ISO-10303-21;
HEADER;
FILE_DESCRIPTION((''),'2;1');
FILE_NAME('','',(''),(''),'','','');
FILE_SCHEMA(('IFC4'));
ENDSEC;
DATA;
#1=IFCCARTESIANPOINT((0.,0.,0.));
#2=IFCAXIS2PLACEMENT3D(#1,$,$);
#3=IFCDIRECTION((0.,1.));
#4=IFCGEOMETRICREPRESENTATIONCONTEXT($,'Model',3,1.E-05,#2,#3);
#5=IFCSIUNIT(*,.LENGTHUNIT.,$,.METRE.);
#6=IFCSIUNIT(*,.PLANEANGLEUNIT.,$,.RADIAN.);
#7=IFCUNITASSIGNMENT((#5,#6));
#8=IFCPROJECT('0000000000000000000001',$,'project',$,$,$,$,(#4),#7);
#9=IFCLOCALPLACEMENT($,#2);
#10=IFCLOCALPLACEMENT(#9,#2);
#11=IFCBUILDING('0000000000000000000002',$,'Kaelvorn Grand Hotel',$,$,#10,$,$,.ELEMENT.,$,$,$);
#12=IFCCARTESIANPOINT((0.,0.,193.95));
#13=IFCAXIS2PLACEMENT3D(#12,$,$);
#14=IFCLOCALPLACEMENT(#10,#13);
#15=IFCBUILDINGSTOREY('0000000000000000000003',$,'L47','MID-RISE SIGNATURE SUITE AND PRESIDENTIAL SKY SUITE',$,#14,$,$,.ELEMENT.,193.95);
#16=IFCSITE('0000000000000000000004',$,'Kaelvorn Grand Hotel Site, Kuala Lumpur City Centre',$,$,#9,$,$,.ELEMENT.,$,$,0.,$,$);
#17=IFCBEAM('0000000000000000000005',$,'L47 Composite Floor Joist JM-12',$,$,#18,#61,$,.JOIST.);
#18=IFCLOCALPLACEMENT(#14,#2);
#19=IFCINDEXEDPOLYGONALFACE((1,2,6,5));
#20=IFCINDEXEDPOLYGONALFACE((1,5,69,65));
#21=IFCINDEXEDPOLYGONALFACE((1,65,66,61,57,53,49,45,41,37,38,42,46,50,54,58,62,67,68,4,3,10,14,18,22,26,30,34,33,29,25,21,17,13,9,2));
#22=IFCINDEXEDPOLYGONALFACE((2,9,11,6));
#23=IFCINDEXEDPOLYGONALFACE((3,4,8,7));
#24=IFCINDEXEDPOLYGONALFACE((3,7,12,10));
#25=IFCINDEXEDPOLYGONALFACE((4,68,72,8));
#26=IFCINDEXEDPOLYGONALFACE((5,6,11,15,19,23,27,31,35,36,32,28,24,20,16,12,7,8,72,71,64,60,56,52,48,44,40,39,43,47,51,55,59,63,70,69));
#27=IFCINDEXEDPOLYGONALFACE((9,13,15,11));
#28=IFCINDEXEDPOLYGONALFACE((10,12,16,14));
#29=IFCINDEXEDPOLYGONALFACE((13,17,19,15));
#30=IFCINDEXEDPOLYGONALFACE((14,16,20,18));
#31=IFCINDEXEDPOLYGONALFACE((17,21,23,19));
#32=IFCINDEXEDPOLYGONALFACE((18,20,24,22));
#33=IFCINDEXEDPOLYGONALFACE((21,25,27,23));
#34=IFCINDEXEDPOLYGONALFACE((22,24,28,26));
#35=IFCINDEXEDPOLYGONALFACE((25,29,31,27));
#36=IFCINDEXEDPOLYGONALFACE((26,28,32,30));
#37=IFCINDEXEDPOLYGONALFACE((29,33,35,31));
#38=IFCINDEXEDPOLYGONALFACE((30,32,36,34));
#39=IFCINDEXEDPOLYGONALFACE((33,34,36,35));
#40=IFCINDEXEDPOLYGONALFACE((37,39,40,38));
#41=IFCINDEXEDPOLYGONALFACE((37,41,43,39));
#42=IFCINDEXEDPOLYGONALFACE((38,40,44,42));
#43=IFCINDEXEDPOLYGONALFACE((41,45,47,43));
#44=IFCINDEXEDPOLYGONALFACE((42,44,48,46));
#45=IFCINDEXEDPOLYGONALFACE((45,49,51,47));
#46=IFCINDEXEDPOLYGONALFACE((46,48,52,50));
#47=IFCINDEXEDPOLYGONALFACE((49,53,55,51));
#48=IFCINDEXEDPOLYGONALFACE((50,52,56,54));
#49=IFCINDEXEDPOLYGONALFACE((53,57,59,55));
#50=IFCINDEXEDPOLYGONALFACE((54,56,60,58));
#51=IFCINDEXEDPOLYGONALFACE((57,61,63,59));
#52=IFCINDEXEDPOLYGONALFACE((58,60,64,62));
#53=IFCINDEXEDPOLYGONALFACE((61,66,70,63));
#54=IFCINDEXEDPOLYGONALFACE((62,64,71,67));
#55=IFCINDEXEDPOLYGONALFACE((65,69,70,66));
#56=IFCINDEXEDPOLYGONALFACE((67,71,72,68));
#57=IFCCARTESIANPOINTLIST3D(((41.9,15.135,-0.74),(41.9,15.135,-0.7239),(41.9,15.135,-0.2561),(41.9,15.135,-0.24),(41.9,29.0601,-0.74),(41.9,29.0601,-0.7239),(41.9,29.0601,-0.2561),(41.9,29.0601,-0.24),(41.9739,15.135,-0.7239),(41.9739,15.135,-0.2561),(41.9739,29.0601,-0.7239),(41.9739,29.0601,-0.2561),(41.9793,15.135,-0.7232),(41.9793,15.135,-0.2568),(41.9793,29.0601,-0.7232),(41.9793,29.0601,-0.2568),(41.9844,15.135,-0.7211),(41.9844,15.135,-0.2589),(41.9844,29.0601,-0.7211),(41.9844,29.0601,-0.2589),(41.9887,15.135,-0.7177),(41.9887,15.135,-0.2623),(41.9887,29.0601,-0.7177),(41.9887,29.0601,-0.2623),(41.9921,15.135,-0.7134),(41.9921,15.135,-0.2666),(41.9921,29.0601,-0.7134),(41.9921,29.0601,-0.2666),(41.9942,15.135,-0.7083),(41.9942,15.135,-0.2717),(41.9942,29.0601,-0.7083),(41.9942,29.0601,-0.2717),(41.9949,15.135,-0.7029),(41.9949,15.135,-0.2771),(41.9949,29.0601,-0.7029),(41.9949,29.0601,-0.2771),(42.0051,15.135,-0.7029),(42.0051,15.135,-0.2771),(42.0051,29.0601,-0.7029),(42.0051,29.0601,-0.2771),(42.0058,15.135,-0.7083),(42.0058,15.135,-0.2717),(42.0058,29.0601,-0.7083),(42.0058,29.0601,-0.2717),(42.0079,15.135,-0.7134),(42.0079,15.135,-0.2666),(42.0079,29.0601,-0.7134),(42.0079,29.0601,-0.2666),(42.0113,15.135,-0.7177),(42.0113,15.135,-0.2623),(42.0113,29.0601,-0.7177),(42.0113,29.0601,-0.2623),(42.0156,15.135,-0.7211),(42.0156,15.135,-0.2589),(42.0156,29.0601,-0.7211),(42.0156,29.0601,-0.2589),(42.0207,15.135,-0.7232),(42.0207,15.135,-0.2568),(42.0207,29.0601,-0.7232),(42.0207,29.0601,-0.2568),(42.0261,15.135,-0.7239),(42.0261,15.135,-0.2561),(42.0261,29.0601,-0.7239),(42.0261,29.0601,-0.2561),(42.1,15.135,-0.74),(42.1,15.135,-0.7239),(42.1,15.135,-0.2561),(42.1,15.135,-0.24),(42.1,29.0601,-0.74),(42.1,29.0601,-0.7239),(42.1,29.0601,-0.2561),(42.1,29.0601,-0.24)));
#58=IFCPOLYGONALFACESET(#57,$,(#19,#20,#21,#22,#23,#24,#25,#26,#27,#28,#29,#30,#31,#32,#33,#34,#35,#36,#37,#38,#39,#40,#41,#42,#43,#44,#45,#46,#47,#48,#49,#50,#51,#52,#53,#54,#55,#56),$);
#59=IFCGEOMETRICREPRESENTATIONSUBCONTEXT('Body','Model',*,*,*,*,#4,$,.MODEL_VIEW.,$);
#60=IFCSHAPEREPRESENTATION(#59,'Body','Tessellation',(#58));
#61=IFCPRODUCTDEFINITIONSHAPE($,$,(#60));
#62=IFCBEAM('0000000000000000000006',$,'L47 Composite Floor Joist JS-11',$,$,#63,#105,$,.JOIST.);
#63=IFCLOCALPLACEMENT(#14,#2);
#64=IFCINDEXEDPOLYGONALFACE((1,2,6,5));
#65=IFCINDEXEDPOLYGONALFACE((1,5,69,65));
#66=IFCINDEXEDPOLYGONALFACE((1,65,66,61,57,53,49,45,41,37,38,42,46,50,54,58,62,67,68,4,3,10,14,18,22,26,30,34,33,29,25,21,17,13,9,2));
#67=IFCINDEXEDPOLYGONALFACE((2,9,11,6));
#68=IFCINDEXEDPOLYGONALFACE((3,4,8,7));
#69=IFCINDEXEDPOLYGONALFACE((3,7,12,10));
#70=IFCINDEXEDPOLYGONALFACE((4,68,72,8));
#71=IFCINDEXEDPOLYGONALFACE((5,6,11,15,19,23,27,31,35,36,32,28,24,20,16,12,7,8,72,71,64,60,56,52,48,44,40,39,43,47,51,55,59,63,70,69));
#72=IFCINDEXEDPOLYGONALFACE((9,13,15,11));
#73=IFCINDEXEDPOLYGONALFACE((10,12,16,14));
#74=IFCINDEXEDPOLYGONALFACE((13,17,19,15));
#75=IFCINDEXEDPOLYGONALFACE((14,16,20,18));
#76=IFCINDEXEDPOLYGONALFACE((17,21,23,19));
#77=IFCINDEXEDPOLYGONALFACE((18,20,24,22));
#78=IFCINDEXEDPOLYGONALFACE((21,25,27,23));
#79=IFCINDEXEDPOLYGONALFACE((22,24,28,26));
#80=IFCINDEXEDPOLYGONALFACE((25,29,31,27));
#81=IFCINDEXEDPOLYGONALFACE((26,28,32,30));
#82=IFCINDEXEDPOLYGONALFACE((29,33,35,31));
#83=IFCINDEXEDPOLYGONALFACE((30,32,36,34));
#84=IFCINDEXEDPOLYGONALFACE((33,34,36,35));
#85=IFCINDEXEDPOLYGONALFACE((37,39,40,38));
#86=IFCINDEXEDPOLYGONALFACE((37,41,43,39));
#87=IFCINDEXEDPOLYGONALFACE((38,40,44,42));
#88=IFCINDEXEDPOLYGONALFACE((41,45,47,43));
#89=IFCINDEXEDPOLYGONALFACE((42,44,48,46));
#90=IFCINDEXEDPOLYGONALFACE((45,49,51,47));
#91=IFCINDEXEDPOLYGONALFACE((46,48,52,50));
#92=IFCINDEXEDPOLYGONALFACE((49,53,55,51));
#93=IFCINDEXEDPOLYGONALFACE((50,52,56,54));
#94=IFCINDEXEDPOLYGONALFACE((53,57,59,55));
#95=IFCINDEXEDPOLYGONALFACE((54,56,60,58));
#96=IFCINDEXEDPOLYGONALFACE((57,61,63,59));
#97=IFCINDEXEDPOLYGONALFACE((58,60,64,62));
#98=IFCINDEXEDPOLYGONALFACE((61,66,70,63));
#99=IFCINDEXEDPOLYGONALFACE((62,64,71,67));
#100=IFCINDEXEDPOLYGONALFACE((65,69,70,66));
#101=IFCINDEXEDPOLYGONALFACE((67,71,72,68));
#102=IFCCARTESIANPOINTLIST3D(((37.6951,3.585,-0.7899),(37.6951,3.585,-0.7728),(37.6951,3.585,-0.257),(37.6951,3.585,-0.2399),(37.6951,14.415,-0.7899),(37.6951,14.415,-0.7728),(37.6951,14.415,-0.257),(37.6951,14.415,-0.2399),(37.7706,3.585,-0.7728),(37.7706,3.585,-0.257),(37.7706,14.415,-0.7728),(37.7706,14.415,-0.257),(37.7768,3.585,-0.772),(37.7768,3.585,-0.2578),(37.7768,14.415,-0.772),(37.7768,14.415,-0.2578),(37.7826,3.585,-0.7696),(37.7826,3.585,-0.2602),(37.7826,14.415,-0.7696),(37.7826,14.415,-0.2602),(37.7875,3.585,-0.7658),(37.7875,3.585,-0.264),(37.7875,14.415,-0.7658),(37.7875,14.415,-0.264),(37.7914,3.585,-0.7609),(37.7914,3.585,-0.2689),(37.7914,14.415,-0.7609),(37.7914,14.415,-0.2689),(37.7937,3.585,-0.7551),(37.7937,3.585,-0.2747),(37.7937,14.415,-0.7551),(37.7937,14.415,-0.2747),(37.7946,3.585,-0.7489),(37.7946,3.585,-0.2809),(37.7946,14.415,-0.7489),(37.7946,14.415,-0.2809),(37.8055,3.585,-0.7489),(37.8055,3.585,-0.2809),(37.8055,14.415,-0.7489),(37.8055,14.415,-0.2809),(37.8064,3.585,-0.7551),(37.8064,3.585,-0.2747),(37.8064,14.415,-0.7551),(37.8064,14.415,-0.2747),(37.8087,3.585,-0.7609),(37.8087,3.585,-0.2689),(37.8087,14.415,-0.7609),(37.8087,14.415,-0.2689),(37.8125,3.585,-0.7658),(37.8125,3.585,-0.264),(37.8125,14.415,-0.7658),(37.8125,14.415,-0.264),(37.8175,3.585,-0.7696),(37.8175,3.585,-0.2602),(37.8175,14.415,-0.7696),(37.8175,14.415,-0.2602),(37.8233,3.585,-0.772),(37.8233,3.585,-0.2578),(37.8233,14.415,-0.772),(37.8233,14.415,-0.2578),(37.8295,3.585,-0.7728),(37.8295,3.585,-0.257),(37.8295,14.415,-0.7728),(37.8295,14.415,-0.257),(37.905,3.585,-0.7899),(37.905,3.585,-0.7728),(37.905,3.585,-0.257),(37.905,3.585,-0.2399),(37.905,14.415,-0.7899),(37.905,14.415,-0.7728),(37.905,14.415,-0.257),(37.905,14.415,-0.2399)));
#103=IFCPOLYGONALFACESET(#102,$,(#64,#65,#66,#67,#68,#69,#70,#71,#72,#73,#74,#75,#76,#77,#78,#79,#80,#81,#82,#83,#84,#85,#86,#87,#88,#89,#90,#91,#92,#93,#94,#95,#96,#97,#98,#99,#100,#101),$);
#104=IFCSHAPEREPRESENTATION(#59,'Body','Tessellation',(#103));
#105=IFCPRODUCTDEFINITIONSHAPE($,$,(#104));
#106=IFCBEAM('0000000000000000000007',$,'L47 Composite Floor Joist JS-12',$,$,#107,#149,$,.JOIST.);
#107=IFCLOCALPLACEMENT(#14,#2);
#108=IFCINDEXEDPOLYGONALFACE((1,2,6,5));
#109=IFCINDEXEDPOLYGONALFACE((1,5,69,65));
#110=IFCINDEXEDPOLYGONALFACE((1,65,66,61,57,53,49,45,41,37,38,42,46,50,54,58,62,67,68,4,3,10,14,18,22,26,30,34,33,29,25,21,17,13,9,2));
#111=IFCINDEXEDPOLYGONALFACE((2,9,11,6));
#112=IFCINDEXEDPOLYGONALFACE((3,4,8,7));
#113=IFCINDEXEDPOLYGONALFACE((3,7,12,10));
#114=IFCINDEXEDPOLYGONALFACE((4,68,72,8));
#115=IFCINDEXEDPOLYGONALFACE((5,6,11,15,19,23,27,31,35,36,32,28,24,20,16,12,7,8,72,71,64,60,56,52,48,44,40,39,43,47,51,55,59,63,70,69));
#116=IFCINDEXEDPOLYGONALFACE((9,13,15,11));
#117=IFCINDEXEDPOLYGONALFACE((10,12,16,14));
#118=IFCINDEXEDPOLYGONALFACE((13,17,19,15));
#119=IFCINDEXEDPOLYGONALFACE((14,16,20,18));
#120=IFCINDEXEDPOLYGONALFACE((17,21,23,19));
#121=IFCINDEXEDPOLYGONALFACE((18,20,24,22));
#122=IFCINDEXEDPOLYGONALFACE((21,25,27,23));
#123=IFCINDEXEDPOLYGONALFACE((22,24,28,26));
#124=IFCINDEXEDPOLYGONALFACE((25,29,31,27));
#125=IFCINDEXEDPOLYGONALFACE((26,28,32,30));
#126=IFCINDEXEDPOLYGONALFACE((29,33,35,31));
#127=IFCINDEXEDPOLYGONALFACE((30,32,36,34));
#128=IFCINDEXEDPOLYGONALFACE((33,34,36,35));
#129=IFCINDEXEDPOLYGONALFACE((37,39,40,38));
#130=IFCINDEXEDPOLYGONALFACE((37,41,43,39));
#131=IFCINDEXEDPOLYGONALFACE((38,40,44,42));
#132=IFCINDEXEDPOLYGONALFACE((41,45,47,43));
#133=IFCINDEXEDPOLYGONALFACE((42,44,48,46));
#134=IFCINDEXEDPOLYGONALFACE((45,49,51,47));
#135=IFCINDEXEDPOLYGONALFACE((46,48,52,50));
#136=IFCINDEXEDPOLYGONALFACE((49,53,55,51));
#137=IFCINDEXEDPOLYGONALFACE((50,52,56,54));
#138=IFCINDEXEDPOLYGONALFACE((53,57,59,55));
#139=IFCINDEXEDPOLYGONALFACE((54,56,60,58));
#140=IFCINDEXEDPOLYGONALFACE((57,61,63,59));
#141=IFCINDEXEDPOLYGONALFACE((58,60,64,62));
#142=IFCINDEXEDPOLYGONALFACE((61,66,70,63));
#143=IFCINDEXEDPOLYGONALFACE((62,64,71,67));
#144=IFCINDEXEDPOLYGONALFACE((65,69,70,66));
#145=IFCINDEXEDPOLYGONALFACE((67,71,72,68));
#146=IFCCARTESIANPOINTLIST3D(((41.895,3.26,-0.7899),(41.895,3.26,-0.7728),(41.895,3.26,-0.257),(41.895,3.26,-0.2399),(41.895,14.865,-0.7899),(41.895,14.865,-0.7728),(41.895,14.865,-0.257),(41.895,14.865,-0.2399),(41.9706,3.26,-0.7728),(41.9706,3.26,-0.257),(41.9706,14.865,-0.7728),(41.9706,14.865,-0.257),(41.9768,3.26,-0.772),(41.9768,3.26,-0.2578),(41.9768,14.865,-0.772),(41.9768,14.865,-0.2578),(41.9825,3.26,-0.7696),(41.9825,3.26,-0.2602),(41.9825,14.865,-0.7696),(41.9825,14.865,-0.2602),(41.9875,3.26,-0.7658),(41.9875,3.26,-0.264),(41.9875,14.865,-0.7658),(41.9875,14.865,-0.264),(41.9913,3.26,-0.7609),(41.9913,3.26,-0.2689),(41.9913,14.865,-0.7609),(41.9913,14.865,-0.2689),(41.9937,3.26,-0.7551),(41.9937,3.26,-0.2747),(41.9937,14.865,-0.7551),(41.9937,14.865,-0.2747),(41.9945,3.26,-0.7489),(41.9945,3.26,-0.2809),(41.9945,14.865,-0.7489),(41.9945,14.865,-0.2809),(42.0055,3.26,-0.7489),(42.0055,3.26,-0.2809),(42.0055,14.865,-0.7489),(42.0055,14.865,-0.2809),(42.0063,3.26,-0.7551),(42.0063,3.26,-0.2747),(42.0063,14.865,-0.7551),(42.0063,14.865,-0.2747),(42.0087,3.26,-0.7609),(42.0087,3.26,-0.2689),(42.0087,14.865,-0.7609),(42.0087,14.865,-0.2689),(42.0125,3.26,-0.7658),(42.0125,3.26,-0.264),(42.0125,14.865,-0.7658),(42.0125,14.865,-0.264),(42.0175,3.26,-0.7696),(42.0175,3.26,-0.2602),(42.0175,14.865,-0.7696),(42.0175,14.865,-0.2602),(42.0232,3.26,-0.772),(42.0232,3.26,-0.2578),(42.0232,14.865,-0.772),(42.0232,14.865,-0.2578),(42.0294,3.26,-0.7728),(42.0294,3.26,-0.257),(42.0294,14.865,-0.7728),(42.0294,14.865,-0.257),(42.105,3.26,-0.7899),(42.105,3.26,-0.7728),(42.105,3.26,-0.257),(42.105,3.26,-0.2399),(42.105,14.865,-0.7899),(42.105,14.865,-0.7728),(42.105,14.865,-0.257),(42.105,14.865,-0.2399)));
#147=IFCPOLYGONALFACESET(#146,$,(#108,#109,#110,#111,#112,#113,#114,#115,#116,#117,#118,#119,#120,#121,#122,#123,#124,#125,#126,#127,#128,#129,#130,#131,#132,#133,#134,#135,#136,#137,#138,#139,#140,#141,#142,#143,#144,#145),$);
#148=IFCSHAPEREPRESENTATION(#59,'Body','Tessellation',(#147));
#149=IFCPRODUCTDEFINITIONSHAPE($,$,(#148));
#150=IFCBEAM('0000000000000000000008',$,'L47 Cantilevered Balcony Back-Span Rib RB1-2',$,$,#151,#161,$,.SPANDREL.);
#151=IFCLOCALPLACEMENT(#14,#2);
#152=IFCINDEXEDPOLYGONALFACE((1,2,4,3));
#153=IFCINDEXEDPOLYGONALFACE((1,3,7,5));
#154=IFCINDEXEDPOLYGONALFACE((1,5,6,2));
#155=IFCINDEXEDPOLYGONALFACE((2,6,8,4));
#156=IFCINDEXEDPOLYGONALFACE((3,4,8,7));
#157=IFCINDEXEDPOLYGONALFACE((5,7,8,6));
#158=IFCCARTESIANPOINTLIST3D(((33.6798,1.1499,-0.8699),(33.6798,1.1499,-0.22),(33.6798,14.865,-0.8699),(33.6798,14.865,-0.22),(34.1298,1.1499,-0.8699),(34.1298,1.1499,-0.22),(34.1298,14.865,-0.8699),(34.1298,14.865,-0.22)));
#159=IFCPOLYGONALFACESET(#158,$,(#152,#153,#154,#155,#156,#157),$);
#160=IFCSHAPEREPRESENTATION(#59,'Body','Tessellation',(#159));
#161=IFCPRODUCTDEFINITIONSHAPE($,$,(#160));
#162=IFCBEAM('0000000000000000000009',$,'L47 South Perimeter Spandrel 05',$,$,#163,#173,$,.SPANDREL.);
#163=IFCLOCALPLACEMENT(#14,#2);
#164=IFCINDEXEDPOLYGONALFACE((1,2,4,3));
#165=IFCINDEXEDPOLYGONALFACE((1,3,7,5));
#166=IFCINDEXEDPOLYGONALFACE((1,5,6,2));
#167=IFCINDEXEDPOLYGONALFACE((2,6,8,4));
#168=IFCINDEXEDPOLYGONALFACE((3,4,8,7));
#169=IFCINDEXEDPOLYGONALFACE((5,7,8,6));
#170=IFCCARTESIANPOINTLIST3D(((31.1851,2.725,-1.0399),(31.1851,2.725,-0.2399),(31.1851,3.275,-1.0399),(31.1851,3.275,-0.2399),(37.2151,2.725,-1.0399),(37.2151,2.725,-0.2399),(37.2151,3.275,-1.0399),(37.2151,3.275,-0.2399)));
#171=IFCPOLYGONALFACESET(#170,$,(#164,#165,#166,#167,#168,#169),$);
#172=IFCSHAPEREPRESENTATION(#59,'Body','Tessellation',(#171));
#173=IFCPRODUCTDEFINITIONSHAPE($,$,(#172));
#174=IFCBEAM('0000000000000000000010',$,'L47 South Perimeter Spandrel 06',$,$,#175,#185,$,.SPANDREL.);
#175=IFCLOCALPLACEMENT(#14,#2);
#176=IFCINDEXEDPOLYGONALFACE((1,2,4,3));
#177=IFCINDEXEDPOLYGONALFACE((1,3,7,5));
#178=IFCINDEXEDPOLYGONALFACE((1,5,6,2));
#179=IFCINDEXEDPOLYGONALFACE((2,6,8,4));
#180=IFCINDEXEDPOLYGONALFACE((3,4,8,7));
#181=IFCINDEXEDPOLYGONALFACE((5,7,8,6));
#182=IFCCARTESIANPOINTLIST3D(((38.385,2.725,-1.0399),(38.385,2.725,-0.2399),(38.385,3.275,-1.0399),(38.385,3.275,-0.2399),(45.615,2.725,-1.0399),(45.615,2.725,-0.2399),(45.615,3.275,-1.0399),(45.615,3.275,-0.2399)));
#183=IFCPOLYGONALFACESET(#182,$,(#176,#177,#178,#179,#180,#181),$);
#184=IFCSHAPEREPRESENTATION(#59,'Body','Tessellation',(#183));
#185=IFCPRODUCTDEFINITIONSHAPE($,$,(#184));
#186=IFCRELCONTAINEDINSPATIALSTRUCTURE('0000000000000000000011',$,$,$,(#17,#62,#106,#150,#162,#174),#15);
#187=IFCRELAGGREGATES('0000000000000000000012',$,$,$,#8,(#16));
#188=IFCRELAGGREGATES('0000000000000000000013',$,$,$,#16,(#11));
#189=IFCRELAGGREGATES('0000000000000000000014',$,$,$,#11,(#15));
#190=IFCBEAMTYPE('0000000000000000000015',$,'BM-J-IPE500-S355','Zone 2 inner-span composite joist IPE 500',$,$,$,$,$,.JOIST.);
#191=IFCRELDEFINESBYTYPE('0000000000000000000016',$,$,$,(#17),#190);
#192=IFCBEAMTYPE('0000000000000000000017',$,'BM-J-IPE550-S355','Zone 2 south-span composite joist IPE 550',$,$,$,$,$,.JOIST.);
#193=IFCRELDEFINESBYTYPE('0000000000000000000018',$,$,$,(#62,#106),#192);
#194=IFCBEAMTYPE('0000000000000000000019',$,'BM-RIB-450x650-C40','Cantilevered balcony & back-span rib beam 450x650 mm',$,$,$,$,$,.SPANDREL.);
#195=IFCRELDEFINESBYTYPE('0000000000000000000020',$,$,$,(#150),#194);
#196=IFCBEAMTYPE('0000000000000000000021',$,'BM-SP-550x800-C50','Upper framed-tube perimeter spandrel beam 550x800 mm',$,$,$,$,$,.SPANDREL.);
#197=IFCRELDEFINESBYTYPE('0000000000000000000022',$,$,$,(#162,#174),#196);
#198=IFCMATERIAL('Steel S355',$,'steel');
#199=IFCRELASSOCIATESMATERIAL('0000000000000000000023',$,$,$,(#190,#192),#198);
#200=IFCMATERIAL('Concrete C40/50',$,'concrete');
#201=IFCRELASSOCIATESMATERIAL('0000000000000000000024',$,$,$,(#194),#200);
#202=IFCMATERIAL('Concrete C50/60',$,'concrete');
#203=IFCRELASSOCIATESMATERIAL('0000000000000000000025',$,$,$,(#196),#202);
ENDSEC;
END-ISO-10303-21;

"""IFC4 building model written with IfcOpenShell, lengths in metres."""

from ifc_helpers import new_model, si_unit, direction, frame, origin, origin_2d, place, context, subcontext, project, spatial, rectangle, i_section, extrude, material, material_profile, profile_set, type_object, element, save


model = new_model("IFC4")

# Units and contexts
model_context = context("Model", 3, precision=1e-05, world=origin(), true_north=direction((0.0, 1.0)))
body_context = subcontext(model_context, "Body", "Model", "MODEL_VIEW")
ifc_project = project(units=[si_unit("LENGTHUNIT", "METRE"), si_unit("PLANEANGLEUNIT", "RADIAN")], contexts=[model_context])

# Site, building, storey
site_placement = place(None, origin())
site = spatial("IfcSite", under=ifc_project, at=site_placement, Name="Kaelvorn Grand Hotel Site, Kuala Lumpur City Centre", CompositionType="ELEMENT", RefElevation=0.0)
building_placement = place(site_placement, origin())
building = spatial("IfcBuilding", under=site, at=building_placement, Name="Kaelvorn Grand Hotel", CompositionType="ELEMENT")
storey_placement = place(building_placement, frame((0.0, 0.0, 193.95)))
storey = spatial("IfcBuildingStorey", under=building, at=storey_placement, Name="L47", Description="MID-RISE SIGNATURE SUITE AND PRESIDENTIAL SKY SUITE", CompositionType="ELEMENT", Elevation=193.95)

# Beams
ifc_material_1 = material(Name="Steel S355", Category="steel")
ifc_material_profile_1 = material_profile(ifc_material_1, i_section(OverallWidth=0.2, OverallDepth=0.5, WebThickness=0.0103, FlangeThickness=0.0161, FilletRadius=0.021, at=origin_2d()), Name="IPE 500")
ifc_profile_set_1 = profile_set([ifc_material_profile_1], Name="Steel S355")
beam_type_1 = type_object("IfcBeamType", Name="BM-J-IPE500-S355", Description="Zone 2 inner-span composite joist IPE 500", PredefinedType="JOIST", material=ifc_profile_set_1)
beam_1_placement = place(storey_placement, frame((42.0, 15.135, -0.49), z_axis=(0.0, 1.0, 0.0), x_axis=(-1.0, 0.0, 0.0)))
element("IfcBeam", 1, at=beam_1_placement, inside=storey, type_object=beam_type_1, Name="L47 Composite Floor Joist JM-12", PredefinedType="JOIST", context=body_context, shape_type="SweptSolid", body=[
    extrude(i_section(OverallWidth=0.2, OverallDepth=0.5, WebThickness=0.0103, FlangeThickness=0.0161, FilletRadius=0.021, at=origin_2d()), origin(), (0.0, 0.0, 1.0), 13.925),
])
ifc_material_profile_2 = material_profile(ifc_material_1, i_section(OverallWidth=0.21, OverallDepth=0.55, WebThickness=0.011, FlangeThickness=0.0171, FilletRadius=0.0239, at=origin_2d()), Name="IPE 550")
ifc_profile_set_2 = profile_set([ifc_material_profile_2], Name="Steel S355")
beam_type_2 = type_object("IfcBeamType", Name="BM-J-IPE550-S355", Description="Zone 2 south-span composite joist IPE 550", PredefinedType="JOIST", material=ifc_profile_set_2)
beam_2_placement = place(storey_placement, frame((37.8, 3.585, -0.5149), z_axis=(0.0, 1.0, 0.0), x_axis=(-1.0, 0.0, 0.0)))
element("IfcBeam", 2, at=beam_2_placement, inside=storey, type_object=beam_type_2, Name="L47 Composite Floor Joist JS-11", PredefinedType="JOIST", context=body_context, shape_type="SweptSolid", body=[
    extrude(i_section(OverallWidth=0.21, OverallDepth=0.55, WebThickness=0.011, FlangeThickness=0.0171, FilletRadius=0.0239, at=origin_2d()), origin(), (0.0, 0.0, 1.0), 10.8301),
])
beam_3_placement = place(storey_placement, frame((42.0, 3.26, -0.5149), z_axis=(0.0, 1.0, 0.0), x_axis=(-1.0, 0.0, 0.0)))
element("IfcBeam", 3, at=beam_3_placement, inside=storey, type_object=beam_type_2, Name="L47 Composite Floor Joist JS-12", PredefinedType="JOIST", context=body_context, shape_type="SweptSolid", body=[
    extrude(i_section(OverallWidth=0.21, OverallDepth=0.55, WebThickness=0.011, FlangeThickness=0.0171, FilletRadius=0.0239, at=origin_2d()), origin(), (0.0, 0.0, 1.0), 11.605),
])
ifc_material_2 = material(Name="Concrete C40/50", Category="concrete")
ifc_material_profile_3 = material_profile(ifc_material_2, rectangle(XDim=0.45, YDim=0.6499, at=origin_2d()), Name="RC RIB 450x650")
ifc_profile_set_3 = profile_set([ifc_material_profile_3], Name="Concrete C40/50")
beam_type_3 = type_object("IfcBeamType", Name="BM-RIB-450x650-C40", Description="Cantilevered balcony & back-span rib beam 450x650 mm", PredefinedType="SPANDREL", material=ifc_profile_set_3)
beam_4_placement = place(storey_placement, frame((33.9048, 1.1499, -0.5449), z_axis=(0.0, 1.0, 0.0), x_axis=(-1.0, 0.0, 0.0)))
element("IfcBeam", 4, at=beam_4_placement, inside=storey, type_object=beam_type_3, Name="L47 Cantilevered Balcony Back-Span Rib RB1-2", PredefinedType="SPANDREL", context=body_context, shape_type="SweptSolid", body=[
    extrude(rectangle(XDim=0.45, YDim=0.6499, at=origin_2d()), origin(), (0.0, 0.0, 1.0), 13.7151),
])
ifc_material_3 = material(Name="Concrete C50/60", Category="concrete")
ifc_material_profile_4 = material_profile(ifc_material_3, rectangle(XDim=0.55, YDim=0.8, at=origin_2d()), Name="RC SPANDREL 550x800")
ifc_profile_set_4 = profile_set([ifc_material_profile_4], Name="Concrete C50/60")
beam_type_4 = type_object("IfcBeamType", Name="BM-SP-550x800-C50", Description="Upper framed-tube perimeter spandrel beam 550x800 mm", PredefinedType="SPANDREL", material=ifc_profile_set_4)
beam_5_placement = place(storey_placement, frame((31.1851, 3.0, -0.6399), z_axis=(1.0, 0.0, 0.0), x_axis=(0.0, 1.0, 0.0)))
element("IfcBeam", 5, at=beam_5_placement, inside=storey, type_object=beam_type_4, Name="L47 South Perimeter Spandrel 05", PredefinedType="SPANDREL", context=body_context, shape_type="SweptSolid", body=[
    extrude(rectangle(XDim=0.55, YDim=0.8, at=origin_2d()), origin(), (0.0, 0.0, 1.0), 6.03),
])
beam_6_placement = place(storey_placement, frame((38.385, 3.0, -0.6399), z_axis=(1.0, 0.0, 0.0), x_axis=(0.0, 1.0, 0.0)))
element("IfcBeam", 6, at=beam_6_placement, inside=storey, type_object=beam_type_4, Name="L47 South Perimeter Spandrel 06", PredefinedType="SPANDREL", context=body_context, shape_type="SweptSolid", body=[
    extrude(rectangle(XDim=0.55, YDim=0.8, at=origin_2d()), origin(), (0.0, 0.0, 1.0), 7.23),
])

save(model, "model.ifc")
